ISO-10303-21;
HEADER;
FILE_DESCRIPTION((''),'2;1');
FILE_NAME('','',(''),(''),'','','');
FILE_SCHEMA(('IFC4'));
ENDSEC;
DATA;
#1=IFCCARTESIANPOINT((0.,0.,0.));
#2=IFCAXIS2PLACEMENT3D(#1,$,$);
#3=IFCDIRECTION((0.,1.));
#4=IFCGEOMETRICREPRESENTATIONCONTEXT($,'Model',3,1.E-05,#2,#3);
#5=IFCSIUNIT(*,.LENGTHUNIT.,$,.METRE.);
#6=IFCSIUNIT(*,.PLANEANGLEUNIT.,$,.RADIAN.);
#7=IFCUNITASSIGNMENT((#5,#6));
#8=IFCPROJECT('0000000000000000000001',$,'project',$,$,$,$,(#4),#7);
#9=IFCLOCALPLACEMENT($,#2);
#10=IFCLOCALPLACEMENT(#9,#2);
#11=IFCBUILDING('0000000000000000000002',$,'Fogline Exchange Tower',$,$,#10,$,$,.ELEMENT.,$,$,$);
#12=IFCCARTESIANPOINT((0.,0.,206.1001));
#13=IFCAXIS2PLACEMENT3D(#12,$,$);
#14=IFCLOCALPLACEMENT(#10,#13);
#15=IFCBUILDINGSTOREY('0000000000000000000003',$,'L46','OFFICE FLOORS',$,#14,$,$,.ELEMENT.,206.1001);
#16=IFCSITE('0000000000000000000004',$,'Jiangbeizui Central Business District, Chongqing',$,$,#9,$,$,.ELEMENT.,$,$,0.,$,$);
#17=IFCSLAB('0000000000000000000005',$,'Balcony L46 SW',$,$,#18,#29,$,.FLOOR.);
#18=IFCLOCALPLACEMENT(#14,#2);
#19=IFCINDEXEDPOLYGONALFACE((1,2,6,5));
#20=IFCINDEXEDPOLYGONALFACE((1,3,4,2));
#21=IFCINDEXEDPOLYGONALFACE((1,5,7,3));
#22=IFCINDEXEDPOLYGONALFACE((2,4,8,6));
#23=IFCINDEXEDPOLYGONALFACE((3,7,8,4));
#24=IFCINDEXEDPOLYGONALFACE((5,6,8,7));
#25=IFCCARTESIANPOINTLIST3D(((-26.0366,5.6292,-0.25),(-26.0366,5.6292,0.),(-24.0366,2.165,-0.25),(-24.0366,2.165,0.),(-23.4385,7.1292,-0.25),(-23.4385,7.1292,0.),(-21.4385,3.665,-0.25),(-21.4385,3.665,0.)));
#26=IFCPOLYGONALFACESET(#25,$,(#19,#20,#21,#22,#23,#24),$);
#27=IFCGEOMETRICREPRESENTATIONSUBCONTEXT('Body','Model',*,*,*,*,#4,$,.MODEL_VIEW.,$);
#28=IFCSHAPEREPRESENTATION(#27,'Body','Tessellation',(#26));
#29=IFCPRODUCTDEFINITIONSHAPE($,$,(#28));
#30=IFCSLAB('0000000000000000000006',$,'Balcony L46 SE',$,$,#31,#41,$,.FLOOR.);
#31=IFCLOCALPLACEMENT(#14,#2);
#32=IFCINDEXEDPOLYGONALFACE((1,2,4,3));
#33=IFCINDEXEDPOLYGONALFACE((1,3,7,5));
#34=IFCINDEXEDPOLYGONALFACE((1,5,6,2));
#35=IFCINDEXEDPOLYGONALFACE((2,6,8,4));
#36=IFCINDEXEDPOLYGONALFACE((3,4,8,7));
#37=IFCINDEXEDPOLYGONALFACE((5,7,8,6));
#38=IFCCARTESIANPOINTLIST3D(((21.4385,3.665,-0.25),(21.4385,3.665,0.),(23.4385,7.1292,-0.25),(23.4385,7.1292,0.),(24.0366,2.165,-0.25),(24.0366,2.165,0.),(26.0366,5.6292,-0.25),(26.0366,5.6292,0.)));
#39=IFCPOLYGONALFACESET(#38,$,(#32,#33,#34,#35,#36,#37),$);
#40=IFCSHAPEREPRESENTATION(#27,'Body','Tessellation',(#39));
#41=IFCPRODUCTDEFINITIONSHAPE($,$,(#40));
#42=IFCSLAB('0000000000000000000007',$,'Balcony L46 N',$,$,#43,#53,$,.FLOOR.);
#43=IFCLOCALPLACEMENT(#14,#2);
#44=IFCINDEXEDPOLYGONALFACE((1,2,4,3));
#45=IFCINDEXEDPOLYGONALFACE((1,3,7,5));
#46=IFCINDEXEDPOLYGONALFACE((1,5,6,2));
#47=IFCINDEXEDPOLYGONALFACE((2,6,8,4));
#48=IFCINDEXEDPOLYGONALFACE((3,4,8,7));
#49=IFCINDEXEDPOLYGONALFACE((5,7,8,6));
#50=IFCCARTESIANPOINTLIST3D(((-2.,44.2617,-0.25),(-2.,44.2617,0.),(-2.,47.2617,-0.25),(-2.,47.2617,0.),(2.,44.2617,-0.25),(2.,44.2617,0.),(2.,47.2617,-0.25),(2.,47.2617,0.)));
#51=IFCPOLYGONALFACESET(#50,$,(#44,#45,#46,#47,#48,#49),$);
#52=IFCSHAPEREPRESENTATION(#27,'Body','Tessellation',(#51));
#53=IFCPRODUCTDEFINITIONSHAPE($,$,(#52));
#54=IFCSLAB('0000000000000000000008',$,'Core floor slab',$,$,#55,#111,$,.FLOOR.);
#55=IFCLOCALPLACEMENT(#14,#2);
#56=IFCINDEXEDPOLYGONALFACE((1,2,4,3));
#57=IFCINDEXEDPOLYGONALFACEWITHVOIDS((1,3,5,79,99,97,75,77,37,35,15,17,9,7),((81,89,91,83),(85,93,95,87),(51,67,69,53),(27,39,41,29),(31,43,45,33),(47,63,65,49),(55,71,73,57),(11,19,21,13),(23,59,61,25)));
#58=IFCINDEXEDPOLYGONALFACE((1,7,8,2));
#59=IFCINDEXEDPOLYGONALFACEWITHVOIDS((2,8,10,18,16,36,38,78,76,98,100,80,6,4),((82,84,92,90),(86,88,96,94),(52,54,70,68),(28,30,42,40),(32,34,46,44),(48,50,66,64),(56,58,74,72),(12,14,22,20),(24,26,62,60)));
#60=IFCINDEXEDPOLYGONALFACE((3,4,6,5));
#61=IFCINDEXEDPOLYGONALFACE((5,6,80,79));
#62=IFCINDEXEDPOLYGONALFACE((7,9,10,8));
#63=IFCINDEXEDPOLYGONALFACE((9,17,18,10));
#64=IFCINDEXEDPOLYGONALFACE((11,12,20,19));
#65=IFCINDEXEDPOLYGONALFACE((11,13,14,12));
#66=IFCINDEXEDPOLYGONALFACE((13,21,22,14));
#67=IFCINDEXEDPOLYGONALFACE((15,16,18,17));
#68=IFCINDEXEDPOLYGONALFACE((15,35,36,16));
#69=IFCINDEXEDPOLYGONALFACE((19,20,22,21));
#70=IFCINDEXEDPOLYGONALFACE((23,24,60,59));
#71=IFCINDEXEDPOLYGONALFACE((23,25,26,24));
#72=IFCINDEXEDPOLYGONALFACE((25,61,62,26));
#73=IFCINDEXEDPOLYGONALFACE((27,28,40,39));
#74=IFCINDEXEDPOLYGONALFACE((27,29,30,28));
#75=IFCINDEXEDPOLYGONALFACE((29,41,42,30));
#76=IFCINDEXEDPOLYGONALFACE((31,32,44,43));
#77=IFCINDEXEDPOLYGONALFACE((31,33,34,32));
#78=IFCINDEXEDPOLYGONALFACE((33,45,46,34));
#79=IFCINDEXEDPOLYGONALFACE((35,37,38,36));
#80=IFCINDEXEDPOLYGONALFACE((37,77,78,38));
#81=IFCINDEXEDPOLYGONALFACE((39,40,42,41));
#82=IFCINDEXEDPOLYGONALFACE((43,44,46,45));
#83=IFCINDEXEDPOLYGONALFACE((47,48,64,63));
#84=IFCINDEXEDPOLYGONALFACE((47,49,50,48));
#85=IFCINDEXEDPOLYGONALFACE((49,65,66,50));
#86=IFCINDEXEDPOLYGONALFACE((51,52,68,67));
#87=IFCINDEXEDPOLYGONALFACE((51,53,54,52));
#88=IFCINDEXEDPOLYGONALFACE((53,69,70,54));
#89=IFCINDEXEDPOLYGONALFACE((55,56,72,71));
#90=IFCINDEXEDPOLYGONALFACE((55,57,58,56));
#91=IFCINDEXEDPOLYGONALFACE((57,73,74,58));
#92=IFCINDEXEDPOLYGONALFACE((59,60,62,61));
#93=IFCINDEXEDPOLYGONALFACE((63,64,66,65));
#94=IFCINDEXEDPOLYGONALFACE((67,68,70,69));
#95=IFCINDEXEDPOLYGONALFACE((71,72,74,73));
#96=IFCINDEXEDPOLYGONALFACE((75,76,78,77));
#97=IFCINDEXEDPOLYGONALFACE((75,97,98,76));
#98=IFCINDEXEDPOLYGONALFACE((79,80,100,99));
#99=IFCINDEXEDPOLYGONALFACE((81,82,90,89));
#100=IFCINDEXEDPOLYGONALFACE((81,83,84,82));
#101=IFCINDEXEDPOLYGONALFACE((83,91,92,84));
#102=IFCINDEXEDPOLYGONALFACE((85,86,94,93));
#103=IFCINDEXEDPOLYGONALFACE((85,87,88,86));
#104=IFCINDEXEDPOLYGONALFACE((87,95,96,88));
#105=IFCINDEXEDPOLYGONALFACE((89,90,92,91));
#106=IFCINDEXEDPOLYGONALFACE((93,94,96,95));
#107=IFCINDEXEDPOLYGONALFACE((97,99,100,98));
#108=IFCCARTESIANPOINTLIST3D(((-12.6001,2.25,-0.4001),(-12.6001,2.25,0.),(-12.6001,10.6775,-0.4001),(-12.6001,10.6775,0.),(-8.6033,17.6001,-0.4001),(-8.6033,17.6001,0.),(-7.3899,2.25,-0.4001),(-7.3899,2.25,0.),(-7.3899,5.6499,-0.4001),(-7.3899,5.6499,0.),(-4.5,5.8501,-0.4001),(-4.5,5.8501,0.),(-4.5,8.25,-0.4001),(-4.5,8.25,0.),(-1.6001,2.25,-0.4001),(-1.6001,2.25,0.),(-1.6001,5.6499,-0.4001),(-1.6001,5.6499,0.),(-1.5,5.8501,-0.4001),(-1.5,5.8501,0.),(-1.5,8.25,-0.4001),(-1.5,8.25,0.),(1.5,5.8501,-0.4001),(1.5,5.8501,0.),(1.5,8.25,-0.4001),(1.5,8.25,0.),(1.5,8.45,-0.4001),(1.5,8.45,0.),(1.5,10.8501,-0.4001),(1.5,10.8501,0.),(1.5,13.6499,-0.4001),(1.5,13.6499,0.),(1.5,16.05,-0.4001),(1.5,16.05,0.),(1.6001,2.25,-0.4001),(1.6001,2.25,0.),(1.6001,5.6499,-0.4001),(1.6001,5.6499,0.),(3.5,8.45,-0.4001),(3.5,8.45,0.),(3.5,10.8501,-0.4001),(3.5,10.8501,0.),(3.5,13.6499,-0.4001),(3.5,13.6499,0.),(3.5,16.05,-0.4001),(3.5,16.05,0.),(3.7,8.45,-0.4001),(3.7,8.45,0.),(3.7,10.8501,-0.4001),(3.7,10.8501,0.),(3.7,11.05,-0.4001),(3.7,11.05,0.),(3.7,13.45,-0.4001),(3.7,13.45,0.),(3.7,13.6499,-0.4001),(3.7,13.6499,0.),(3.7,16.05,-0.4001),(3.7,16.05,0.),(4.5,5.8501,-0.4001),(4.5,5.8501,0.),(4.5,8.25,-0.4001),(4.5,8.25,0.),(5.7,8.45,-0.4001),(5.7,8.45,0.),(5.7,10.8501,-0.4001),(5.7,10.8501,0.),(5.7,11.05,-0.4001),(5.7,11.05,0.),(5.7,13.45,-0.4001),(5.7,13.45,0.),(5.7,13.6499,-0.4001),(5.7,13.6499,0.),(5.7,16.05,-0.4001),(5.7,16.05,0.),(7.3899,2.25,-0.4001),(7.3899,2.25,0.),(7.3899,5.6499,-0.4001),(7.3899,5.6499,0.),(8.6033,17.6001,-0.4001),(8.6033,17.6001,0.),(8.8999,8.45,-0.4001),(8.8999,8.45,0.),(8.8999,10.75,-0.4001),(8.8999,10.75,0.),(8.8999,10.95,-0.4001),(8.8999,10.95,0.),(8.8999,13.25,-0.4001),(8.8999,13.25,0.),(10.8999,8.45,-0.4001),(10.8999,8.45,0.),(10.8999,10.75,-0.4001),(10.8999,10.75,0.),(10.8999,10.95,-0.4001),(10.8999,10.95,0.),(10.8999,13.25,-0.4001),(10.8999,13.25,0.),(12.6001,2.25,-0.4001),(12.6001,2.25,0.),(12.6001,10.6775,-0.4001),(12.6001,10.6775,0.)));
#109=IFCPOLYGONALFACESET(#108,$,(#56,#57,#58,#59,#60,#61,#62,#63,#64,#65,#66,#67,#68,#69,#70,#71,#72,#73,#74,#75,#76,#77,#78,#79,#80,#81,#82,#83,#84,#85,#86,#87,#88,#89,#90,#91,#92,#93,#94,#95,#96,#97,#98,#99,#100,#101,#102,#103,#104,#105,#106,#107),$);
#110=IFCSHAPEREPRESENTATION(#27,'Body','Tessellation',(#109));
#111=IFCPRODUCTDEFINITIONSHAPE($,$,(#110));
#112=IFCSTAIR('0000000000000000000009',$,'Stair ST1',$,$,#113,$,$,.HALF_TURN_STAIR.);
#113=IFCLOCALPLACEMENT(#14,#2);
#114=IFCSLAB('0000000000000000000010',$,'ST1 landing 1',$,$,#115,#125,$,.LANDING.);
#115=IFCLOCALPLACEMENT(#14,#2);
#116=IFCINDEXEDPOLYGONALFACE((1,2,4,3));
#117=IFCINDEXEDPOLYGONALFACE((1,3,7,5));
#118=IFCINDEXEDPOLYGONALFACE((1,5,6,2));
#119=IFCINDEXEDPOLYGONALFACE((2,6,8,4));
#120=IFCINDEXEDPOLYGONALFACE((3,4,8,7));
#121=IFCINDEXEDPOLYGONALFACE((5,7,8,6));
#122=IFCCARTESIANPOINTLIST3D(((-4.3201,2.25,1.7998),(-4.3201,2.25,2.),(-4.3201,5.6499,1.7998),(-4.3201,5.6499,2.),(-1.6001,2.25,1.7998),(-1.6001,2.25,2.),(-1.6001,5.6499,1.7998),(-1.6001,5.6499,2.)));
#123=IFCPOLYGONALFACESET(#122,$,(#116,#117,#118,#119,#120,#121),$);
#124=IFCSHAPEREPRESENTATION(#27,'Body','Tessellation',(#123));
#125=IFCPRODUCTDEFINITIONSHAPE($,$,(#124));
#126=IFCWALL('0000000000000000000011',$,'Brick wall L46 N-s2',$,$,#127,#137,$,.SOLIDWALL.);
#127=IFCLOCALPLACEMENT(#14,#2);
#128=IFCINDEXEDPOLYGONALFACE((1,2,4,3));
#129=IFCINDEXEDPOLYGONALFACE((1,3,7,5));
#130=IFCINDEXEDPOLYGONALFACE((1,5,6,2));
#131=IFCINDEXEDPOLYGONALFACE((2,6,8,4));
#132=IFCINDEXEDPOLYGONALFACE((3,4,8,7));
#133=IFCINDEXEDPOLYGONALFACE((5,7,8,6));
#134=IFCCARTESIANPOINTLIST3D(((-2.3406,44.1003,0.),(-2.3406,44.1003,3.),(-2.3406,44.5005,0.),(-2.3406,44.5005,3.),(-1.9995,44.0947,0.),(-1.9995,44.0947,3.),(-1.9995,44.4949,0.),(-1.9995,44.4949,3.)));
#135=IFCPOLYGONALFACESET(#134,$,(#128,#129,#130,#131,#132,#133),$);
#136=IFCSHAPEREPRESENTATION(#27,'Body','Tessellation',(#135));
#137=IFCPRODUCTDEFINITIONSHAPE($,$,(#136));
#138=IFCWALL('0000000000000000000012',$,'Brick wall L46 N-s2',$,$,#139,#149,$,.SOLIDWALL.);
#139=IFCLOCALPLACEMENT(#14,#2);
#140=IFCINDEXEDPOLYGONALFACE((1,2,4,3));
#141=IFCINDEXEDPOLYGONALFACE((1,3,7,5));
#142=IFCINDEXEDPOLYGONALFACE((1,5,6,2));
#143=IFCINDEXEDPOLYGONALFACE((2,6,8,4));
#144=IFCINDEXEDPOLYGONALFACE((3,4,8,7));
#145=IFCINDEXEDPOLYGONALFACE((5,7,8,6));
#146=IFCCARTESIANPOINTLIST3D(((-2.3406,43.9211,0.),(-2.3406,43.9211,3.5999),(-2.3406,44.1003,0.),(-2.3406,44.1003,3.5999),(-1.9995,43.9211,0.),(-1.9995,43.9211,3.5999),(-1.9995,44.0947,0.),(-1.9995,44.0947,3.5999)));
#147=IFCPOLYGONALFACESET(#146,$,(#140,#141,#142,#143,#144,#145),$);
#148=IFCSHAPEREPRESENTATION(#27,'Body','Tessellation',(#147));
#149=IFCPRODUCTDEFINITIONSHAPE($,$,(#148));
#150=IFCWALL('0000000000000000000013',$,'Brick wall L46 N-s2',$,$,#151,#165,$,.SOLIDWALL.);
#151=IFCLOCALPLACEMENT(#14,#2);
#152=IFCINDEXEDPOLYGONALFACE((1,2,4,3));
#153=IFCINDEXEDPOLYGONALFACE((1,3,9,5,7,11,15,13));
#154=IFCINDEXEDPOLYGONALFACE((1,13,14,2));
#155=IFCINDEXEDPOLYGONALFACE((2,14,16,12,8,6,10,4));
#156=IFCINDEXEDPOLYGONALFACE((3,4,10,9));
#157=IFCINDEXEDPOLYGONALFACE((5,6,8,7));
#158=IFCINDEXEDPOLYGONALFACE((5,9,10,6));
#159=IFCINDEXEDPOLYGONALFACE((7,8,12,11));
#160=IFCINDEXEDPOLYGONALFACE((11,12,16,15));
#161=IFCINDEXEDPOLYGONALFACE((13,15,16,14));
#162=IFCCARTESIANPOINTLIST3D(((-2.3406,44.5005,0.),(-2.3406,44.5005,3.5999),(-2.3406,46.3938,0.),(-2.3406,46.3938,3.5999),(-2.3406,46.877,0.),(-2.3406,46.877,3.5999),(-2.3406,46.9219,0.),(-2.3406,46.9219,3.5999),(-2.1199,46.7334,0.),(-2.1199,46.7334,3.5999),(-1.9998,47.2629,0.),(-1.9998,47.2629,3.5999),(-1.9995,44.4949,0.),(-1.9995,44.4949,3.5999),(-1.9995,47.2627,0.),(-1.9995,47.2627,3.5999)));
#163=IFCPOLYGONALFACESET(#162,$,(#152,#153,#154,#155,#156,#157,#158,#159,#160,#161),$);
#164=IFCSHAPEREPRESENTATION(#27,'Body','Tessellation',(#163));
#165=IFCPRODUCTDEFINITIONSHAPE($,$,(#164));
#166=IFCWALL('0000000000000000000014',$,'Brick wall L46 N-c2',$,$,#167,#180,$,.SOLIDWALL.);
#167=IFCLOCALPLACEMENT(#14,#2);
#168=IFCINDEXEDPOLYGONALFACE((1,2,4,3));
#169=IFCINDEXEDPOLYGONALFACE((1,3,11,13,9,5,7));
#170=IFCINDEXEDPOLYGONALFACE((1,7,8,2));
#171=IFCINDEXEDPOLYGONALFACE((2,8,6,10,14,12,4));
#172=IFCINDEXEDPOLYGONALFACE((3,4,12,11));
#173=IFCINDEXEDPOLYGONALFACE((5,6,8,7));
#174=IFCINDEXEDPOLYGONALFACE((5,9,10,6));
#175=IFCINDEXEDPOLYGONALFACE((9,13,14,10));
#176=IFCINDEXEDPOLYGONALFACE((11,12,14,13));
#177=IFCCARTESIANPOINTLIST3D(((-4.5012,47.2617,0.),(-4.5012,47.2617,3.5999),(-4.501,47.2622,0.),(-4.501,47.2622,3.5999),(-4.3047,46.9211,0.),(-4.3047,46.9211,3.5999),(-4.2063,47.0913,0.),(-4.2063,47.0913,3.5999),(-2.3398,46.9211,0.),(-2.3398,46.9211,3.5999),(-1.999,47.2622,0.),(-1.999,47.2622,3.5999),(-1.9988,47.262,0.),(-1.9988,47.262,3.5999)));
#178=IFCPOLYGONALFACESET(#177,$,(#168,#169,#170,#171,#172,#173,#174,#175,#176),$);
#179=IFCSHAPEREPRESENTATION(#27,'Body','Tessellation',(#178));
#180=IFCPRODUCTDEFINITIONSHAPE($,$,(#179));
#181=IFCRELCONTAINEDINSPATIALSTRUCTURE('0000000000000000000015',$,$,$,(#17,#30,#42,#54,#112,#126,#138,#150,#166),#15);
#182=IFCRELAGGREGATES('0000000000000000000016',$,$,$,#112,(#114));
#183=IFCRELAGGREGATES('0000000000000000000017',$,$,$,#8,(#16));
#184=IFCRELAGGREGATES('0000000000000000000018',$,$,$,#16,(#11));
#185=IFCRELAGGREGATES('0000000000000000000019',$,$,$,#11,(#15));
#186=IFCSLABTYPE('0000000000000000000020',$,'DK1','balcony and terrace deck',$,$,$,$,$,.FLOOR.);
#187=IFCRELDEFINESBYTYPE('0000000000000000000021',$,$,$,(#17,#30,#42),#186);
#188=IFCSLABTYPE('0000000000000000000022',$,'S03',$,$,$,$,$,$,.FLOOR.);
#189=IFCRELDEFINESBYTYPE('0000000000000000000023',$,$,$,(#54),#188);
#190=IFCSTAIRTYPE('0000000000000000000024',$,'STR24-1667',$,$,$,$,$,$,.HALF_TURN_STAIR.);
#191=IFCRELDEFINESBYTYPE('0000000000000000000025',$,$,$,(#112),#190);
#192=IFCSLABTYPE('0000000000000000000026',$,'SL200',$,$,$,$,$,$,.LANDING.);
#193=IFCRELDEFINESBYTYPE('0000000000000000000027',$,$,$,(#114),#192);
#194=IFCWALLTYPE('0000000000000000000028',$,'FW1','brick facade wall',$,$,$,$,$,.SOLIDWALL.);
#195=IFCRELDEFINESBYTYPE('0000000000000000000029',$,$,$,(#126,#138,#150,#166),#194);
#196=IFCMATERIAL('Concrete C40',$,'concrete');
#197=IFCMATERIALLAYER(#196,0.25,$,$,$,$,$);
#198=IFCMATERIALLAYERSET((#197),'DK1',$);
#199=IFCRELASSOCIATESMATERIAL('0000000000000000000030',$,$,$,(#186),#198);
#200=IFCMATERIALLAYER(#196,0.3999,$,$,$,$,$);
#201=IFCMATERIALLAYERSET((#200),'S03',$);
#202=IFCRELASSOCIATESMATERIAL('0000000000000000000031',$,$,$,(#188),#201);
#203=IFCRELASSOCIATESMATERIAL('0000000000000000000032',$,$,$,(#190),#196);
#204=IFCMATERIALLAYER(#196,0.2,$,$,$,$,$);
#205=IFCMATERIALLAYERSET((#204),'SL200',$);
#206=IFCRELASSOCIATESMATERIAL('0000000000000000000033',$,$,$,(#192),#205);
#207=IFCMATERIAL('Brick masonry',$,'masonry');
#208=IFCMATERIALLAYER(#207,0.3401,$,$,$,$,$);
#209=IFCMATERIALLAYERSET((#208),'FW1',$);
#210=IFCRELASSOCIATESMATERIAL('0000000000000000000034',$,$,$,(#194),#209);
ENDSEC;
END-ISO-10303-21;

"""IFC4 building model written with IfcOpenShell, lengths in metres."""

from ifc_helpers import new_model, si_unit, direction, frame, origin, place, context, subcontext, project, spatial, polyline, outline, extrude, material, layer, layer_set, type_object, element, aggregate, save


model = new_model("IFC4")

# Units and contexts
model_context = context("Model", 3, precision=1e-05, world=origin(), true_north=direction((0.0, 1.0)))
body_context = subcontext(model_context, "Body", "Model", "MODEL_VIEW")
ifc_project = project(units=[si_unit("LENGTHUNIT", "METRE"), si_unit("PLANEANGLEUNIT", "RADIAN")], contexts=[model_context])

# Site, building, storey
site_placement = place(None, origin())
site = spatial("IfcSite", under=ifc_project, at=site_placement, Name="Jiangbeizui Central Business District, Chongqing", CompositionType="ELEMENT", RefElevation=0.0)
building_placement = place(site_placement, origin())
building = spatial("IfcBuilding", under=site, at=building_placement, Name="Fogline Exchange Tower", CompositionType="ELEMENT")
storey_placement = place(building_placement, frame((0.0, 0.0, 206.1001)))
storey = spatial("IfcBuildingStorey", under=building, at=storey_placement, Name="L46", Description="OFFICE FLOORS", CompositionType="ELEMENT", Elevation=206.1001)

# Slabs
ifc_material_1 = material(Name="Concrete C40", Category="concrete")
ifc_layer_1 = layer(ifc_material_1, 0.25)
ifc_layer_set_1 = layer_set([ifc_layer_1], Name="DK1")
slab_type_1 = type_object("IfcSlabType", Name="DK1", Description="balcony and terrace deck", PredefinedType="FLOOR", material=ifc_layer_set_1)
slab_1_placement = place(storey_placement, frame((0.0, 0.0, -0.25)))
element("IfcSlab", 1, at=slab_1_placement, inside=storey, type_object=slab_type_1, Name="Balcony L46 SW", PredefinedType="FLOOR", context=body_context, shape_type="SweptSolid", body=[
    extrude(outline(polyline([(-26.0366, 5.6292), (-24.0366, 2.165), (-21.4385, 3.665), (-23.4385, 7.1292), (-26.0366, 5.6292)])), origin(), (0.0, 0.0, 1.0), 0.25),
])
slab_2_placement = place(storey_placement, frame((0.0, 0.0, -0.25)))
element("IfcSlab", 2, at=slab_2_placement, inside=storey, type_object=slab_type_1, Name="Balcony L46 SE", PredefinedType="FLOOR", context=body_context, shape_type="SweptSolid", body=[
    extrude(outline(polyline([(24.0366, 2.165), (26.0366, 5.6292), (23.4385, 7.1292), (21.4385, 3.665), (24.0366, 2.165)])), origin(), (0.0, 0.0, 1.0), 0.25),
])
slab_3_placement = place(storey_placement, frame((0.0, 0.0, -0.25)))
element("IfcSlab", 3, at=slab_3_placement, inside=storey, type_object=slab_type_1, Name="Balcony L46 N", PredefinedType="FLOOR", context=body_context, shape_type="SweptSolid", body=[
    extrude(outline(polyline([(2.0, 47.2617), (-2.0, 47.2617), (-2.0, 44.2617), (2.0, 44.2617), (2.0, 47.2617)])), origin(), (0.0, 0.0, 1.0), 0.25),
])
ifc_layer_2 = layer(ifc_material_1, 0.3999)
ifc_layer_set_2 = layer_set([ifc_layer_2], Name="S03")
slab_type_2 = type_object("IfcSlabType", Name="S03", PredefinedType="FLOOR", material=ifc_layer_set_2)
slab_4_placement = place(storey_placement, frame((0.0, 0.0, -0.4001)))
element("IfcSlab", 4, at=slab_4_placement, inside=storey, type_object=slab_type_2, Name="Core floor slab", PredefinedType="FLOOR", context=body_context, shape_type="SweptSolid", body=[
    extrude(outline(polyline([(-12.6001, 2.25), (-12.6001, 10.6775), (-8.6033, 17.6001), (8.6033, 17.6001), (12.6001, 10.6775), (12.6001, 2.25), (7.3899, 2.25), (7.3899, 5.6499), (1.6001, 5.6499), (1.6001, 2.25), (-1.6001, 2.25), (-1.6001, 5.6499), (-7.3899, 5.6499), (-7.3899, 2.25), (-12.6001, 2.25)]), holes=[polyline([(-4.5, 8.25), (-4.5, 5.8501), (-1.5, 5.8501), (-1.5, 8.25), (-4.5, 8.25)]), polyline([(4.5, 8.25), (1.5, 8.25), (1.5, 5.8501), (4.5, 5.8501), (4.5, 8.25)]), polyline([(3.5, 10.8501), (1.5, 10.8501), (1.5, 8.45), (3.5, 8.45), (3.5, 10.8501)]), polyline([(1.5, 16.05), (1.5, 13.6499), (3.5, 13.6499), (3.5, 16.05), (1.5, 16.05)]), polyline([(10.8999, 10.75), (8.8999, 10.75), (8.8999, 8.45), (10.8999, 8.45), (10.8999, 10.75)]), polyline([(5.7, 10.8501), (3.7, 10.8501), (3.7, 8.45), (5.7, 8.45), (5.7, 10.8501)]), polyline([(8.8999, 13.25), (8.8999, 10.95), (10.8999, 10.95), (10.8999, 13.25), (8.8999, 13.25)]), polyline([(5.7, 13.45), (3.7, 13.45), (3.7, 11.05), (5.7, 11.05), (5.7, 13.45)]), polyline([(5.7, 16.05), (3.7, 16.05), (3.7, 13.6499), (5.7, 13.6499), (5.7, 16.05)])]), origin(), (0.0, 0.0, 1.0), 0.4001),
])

# Stair, slab
stair_type = type_object("IfcStairType", Name="STR24-1667", PredefinedType="HALF_TURN_STAIR", material=ifc_material_1)
stair_placement = place(storey_placement, origin())
stair = element("IfcStair", 5, at=stair_placement, inside=storey, type_object=stair_type, Name="Stair ST1", PredefinedType="HALF_TURN_STAIR")
ifc_layer_3 = layer(ifc_material_1, 0.2)
ifc_layer_set_3 = layer_set([ifc_layer_3], Name="SL200")
slab_type_3 = type_object("IfcSlabType", Name="SL200", PredefinedType="LANDING", material=ifc_layer_set_3)
slab_5_placement = place(storey_placement, frame((0.0, 0.0, 1.7998)))
slab_5 = element("IfcSlab", 6, at=slab_5_placement, type_object=slab_type_3, Name="ST1 landing 1", PredefinedType="LANDING", context=body_context, shape_type="SweptSolid", body=[
    extrude(outline(polyline([(-4.3201, 2.25), (-1.6001, 2.25), (-1.6001, 5.6499), (-4.3201, 5.6499), (-4.3201, 2.25)])), origin(), (0.0, 0.0, 1.0), 0.2002),
])
aggregate(stair, [slab_5])

# Walls
ifc_material_2 = material(Name="Brick masonry", Category="masonry")
ifc_layer_4 = layer(ifc_material_2, 0.3401)
ifc_layer_set_4 = layer_set([ifc_layer_4], Name="FW1")
wall_type_1 = type_object("IfcWallType", Name="FW1", Description="brick facade wall", PredefinedType="SOLIDWALL", material=ifc_layer_set_4)
wall_1_placement = place(storey_placement, origin())
element("IfcWall", 7, at=wall_1_placement, inside=storey, type_object=wall_type_1, Name="Brick wall L46 N-s2", PredefinedType="SOLIDWALL", context=body_context, shape_type="SweptSolid", body=[
    extrude(outline(polyline([(-2.3406, 44.5005), (-1.9995, 44.4949), (-1.9995, 44.0947), (-2.3406, 44.1003), (-2.3406, 44.5005)])), origin(), (0.0, 0.0, 1.0), 3.0),
])
wall_2_placement = place(storey_placement, origin())
element("IfcWall", 8, at=wall_2_placement, inside=storey, type_object=wall_type_1, Name="Brick wall L46 N-s2", PredefinedType="SOLIDWALL", context=body_context, shape_type="SweptSolid", body=[
    extrude(outline(polyline([(-2.3406, 43.9211), (-2.3406, 44.1003), (-1.9995, 44.0947), (-1.9995, 43.9211), (-2.3406, 43.9211)])), origin(), (0.0, 0.0, 1.0), 3.5999),
])
wall_3_placement = place(storey_placement, origin())
element("IfcWall", 9, at=wall_3_placement, inside=storey, type_object=wall_type_1, Name="Brick wall L46 N-s2", PredefinedType="SOLIDWALL", context=body_context, shape_type="SweptSolid", body=[
    extrude(outline(polyline([(-2.3406, 46.3938), (-2.1199, 46.7334), (-2.3406, 46.877), (-2.3406, 46.9219), (-1.9998, 47.2629), (-1.9995, 47.2627), (-1.9995, 44.4949), (-2.3406, 44.5005), (-2.3406, 46.3938)])), origin(), (0.0, 0.0, 1.0), 3.5999),
])
wall_4_placement = place(storey_placement, origin())
element("IfcWall", 10, at=wall_4_placement, inside=storey, type_object=wall_type_1, Name="Brick wall L46 N-c2", PredefinedType="SOLIDWALL", context=body_context, shape_type="SweptSolid", body=[
    extrude(outline(polyline([(-4.3047, 46.9211), (-4.2063, 47.0913), (-4.5012, 47.2617), (-4.501, 47.2622), (-1.999, 47.2622), (-1.9988, 47.262), (-2.3398, 46.9211), (-4.3047, 46.9211)])), origin(), (0.0, 0.0, 1.0), 3.5999),
])

save(model, "model.ifc")
